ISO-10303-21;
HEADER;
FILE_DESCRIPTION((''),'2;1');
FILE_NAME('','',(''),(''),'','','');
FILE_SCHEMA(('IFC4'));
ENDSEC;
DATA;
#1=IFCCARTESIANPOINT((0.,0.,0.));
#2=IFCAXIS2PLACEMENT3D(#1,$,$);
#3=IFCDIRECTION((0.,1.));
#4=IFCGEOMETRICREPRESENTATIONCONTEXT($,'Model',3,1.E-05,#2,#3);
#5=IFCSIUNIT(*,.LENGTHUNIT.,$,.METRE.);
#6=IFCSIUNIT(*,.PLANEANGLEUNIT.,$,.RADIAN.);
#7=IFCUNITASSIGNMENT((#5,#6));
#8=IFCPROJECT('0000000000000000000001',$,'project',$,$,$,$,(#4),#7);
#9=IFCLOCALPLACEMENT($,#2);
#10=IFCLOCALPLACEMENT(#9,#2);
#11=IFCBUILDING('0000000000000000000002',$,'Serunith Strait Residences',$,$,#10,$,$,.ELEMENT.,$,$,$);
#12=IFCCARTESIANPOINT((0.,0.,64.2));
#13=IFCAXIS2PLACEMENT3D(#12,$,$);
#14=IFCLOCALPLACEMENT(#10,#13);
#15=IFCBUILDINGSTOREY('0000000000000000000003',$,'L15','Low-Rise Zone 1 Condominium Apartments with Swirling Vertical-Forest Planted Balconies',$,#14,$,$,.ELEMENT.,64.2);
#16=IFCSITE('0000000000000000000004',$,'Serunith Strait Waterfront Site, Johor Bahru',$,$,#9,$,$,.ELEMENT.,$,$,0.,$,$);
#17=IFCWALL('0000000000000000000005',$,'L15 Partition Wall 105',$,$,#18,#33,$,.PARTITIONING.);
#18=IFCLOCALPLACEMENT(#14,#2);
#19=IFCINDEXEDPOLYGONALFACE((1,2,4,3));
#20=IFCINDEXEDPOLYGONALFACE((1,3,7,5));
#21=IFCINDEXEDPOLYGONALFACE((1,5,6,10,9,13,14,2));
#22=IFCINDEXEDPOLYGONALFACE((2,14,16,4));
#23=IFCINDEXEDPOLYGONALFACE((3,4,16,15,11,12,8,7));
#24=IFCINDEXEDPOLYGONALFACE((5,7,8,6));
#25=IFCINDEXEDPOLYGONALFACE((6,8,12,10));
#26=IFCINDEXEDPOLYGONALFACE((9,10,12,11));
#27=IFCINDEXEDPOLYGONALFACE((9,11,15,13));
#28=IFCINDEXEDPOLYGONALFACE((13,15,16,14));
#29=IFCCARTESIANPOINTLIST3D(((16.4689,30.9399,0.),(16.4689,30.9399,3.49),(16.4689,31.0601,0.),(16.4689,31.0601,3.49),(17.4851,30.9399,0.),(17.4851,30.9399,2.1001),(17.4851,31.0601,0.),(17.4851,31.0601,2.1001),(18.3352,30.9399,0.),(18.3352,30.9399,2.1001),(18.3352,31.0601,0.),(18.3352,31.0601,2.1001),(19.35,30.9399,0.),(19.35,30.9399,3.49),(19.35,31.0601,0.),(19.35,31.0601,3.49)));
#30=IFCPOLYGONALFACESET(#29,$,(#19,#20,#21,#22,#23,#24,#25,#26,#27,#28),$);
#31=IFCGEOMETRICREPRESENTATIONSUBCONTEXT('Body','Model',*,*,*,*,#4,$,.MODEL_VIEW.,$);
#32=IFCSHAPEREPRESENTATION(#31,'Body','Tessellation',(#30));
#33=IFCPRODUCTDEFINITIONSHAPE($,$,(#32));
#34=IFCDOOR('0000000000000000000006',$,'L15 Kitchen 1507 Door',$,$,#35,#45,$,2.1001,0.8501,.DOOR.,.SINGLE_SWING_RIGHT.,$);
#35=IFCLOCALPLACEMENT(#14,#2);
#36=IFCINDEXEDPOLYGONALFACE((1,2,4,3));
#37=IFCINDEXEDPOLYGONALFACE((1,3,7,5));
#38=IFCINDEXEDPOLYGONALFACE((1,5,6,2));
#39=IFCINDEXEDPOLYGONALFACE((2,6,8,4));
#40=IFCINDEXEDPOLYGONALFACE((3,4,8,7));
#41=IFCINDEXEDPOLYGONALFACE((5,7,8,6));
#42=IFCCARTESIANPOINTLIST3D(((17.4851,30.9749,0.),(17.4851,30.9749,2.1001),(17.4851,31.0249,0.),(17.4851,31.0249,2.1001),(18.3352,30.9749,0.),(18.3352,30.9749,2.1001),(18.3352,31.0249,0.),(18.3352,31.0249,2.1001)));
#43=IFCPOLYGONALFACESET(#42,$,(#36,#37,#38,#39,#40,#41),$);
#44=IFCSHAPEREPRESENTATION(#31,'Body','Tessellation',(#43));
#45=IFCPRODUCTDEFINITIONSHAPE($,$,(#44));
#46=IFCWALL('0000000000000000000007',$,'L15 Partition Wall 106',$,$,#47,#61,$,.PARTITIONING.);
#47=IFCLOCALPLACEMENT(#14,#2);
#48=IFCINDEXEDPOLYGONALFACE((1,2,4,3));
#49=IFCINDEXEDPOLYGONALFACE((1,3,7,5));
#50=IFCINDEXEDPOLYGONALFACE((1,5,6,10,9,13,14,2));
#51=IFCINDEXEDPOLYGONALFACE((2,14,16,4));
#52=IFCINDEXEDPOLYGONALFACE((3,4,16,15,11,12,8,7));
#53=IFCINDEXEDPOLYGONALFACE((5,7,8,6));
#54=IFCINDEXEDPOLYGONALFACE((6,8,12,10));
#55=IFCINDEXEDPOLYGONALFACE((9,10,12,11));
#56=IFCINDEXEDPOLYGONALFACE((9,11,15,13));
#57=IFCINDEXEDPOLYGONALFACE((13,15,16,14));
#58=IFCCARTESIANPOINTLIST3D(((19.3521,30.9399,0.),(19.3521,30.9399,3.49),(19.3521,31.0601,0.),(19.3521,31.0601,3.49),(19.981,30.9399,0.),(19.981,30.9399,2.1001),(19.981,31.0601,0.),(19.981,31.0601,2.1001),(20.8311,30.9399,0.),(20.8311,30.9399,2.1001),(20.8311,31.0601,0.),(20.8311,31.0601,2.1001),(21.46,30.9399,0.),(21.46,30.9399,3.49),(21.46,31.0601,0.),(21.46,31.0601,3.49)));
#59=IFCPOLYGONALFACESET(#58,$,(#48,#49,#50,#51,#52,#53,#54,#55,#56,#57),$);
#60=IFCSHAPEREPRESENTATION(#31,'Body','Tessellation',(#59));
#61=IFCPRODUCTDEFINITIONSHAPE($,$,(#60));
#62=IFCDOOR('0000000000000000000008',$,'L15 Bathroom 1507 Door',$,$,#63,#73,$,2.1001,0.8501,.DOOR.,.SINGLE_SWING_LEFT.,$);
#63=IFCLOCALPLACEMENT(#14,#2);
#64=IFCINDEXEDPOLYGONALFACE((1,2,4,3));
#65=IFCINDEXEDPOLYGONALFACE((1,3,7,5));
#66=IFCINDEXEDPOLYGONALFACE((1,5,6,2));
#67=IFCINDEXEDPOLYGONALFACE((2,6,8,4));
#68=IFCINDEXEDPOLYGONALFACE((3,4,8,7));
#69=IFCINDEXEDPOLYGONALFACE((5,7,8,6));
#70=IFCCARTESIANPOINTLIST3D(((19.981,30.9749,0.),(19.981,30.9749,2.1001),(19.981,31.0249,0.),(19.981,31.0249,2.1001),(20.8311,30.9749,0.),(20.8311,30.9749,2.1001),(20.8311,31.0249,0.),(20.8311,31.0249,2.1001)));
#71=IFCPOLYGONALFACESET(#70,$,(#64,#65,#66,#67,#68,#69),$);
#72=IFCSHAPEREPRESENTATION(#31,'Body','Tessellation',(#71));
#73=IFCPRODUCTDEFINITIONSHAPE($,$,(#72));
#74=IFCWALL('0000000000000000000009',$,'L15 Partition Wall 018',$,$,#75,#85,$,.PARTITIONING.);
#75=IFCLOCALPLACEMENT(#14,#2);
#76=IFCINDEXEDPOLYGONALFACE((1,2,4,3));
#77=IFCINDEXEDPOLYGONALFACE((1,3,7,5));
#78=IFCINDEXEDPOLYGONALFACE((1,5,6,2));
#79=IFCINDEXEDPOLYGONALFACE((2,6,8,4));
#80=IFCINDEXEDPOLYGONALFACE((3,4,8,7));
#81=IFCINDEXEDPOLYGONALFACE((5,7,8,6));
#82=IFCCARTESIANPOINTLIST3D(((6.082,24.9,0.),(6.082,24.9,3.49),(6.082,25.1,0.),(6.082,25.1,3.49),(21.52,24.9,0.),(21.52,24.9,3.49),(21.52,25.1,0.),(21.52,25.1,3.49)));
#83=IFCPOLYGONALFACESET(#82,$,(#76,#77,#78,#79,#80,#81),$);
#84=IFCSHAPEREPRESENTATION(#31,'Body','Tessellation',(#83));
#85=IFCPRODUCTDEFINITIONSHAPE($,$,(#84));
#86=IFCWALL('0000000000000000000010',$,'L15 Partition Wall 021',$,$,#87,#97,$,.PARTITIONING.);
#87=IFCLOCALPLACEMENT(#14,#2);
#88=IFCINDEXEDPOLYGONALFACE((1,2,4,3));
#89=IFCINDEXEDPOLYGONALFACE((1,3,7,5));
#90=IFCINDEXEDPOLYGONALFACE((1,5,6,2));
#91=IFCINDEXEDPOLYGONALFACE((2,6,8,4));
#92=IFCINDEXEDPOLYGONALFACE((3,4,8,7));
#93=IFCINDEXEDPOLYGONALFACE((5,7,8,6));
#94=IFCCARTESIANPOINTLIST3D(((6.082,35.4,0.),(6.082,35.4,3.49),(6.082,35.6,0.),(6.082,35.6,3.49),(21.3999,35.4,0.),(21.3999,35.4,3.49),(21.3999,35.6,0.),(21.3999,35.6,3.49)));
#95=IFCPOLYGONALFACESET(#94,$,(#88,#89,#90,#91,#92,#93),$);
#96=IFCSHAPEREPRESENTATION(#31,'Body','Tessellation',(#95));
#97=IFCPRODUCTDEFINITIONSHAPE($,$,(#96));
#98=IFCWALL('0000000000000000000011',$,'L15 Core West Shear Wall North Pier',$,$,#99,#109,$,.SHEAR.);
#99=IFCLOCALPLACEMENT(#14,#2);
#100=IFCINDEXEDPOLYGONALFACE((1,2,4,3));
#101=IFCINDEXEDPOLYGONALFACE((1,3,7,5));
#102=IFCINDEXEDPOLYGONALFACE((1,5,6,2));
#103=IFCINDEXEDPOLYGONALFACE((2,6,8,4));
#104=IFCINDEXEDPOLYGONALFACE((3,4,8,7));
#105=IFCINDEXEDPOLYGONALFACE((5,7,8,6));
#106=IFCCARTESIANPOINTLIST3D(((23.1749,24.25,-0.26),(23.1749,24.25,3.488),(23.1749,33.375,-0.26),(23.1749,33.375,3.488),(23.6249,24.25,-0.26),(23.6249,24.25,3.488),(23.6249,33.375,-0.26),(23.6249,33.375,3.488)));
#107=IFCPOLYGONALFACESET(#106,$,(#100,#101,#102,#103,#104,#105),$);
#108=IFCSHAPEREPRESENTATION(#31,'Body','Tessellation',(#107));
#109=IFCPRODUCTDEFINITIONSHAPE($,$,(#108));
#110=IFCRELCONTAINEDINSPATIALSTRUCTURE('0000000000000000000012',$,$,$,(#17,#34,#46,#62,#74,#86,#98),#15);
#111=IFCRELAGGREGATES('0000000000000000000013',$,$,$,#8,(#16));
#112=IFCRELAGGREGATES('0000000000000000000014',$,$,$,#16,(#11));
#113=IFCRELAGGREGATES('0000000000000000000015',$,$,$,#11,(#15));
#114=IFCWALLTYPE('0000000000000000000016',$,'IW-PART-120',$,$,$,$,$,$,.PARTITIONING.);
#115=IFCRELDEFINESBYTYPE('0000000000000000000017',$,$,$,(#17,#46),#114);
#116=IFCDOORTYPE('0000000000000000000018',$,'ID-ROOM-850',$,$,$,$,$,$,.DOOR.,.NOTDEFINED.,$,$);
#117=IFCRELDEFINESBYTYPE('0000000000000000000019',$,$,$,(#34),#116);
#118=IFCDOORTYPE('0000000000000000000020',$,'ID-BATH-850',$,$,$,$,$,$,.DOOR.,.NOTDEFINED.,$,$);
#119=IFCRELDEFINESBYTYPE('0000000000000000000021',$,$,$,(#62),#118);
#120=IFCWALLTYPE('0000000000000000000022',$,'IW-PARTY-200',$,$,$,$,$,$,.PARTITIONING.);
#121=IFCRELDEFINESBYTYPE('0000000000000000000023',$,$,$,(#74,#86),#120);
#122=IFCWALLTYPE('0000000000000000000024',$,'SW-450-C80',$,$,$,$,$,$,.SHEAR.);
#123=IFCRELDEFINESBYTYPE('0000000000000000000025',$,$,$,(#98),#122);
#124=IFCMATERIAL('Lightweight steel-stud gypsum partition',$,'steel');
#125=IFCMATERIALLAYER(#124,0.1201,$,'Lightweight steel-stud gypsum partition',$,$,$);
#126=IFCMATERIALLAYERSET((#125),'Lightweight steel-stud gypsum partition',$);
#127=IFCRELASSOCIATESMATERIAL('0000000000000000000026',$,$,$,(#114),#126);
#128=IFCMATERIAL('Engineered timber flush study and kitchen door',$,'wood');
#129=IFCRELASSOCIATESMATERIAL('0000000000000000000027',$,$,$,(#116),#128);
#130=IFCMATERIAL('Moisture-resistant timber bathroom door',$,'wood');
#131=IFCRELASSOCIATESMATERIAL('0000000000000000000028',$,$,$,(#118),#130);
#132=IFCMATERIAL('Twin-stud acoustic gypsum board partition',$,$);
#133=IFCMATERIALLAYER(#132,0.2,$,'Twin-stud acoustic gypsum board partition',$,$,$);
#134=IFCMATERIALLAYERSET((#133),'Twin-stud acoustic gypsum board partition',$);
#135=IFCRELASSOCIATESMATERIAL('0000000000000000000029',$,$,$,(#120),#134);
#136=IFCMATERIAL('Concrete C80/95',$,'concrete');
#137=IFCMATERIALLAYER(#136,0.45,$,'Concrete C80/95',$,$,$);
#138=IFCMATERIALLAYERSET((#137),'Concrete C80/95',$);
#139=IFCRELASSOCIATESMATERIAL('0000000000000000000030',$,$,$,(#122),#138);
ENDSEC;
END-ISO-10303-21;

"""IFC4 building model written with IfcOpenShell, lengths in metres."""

from ifc_helpers import new_model, si_unit, direction, frame, frame_2d, origin, place, context, subcontext, project, spatial, rectangle, extrude, source, transform, mapped, material, layer, layer_set, type_object, element, fill, save


model = new_model("IFC4")

# Units and contexts
model_context = context("Model", 3, precision=1e-05, world=origin(), true_north=direction((0.0, 1.0)))
body_context = subcontext(model_context, "Body", "Model", "MODEL_VIEW")
ifc_project = project(units=[si_unit("LENGTHUNIT", "METRE"), si_unit("PLANEANGLEUNIT", "RADIAN")], contexts=[model_context])

# Site, building, storey
site_placement = place(None, origin())
site = spatial("IfcSite", under=ifc_project, at=site_placement, Name="Serunith Strait Waterfront Site, Johor Bahru", CompositionType="ELEMENT", RefElevation=0.0)
building_placement = place(site_placement, origin())
building = spatial("IfcBuilding", under=site, at=building_placement, Name="Serunith Strait Residences", CompositionType="ELEMENT")
storey_placement = place(building_placement, frame((0.0, 0.0, 64.2)))
storey = spatial("IfcBuildingStorey", under=building, at=storey_placement, Name="L15", Description="Low-Rise Zone 1 Condominium Apartments with Swirling Vertical-Forest Planted Balconies", CompositionType="ELEMENT", Elevation=64.2)

# Shared definitions
ifc_material_1 = material(Name="Lightweight steel-stud gypsum partition", Category="steel")
ifc_layer_1 = layer(ifc_material_1, 0.1201, Name="Lightweight steel-stud gypsum partition")
ifc_layer_set_1 = layer_set([ifc_layer_1], Name="Lightweight steel-stud gypsum partition")
wall_type_1 = type_object("IfcWallType", Name="IW-PART-120", PredefinedType="PARTITIONING", material=ifc_layer_set_1)

# Walls, openings, doors
ifc_material_2 = material(Name="Engineered timber flush study and kitchen door", Category="wood")
door_type_1 = type_object("IfcDoorType", Name="ID-ROOM-850", OperationType="NOTDEFINED", PredefinedType="DOOR", material=ifc_material_2)
shared_shape_1 = source(origin(), body_context, "Body", "SweptSolid", [
    extrude(rectangle(XDim=0.8501, YDim=2.1001, at=frame_2d((0.425, 1.05))), frame((0.0, 0.0249, 0.0), z_axis=(0.0, -1.0, 0.0), x_axis=(1.0, 0.0, 0.0)), (0.0, 0.0, 1.0), 0.05),
])
wall_1_placement = place(storey_placement, frame((16.469, 31.0, 0.0), z_axis=(0.0, 0.0, 1.0), x_axis=(1.0, 0.0, 0.0)))
wall_1 = element("IfcWall", 1, at=wall_1_placement, inside=storey, type_object=wall_type_1, Name="L15 Partition Wall 105", PredefinedType="PARTITIONING", context=body_context, shape_type="SweptSolid", body=[
    extrude(rectangle(XDim=2.8811, YDim=0.1201, at=frame_2d((1.4404, 0.0))), origin(), (0.0, 0.0, 1.0), 3.49),
])
opening_1_placement = place(wall_1_placement, frame((1.0161, 0.0, 0.0)))
opening_1 = element("IfcOpeningElement", 2, at=opening_1_placement, cuts=wall_1, PredefinedType="OPENING", context=body_context, shape_type="SweptSolid", body=[
    extrude(rectangle(XDim=0.8501, YDim=2.1001, at=frame_2d((0.425, 1.05))), frame((0.0, 0.0701, 0.0), z_axis=(0.0, -1.0, 0.0), x_axis=(1.0, 0.0, 0.0)), (0.0, 0.0, 1.0), 0.1401),
])
door_1_placement = place(opening_1_placement, origin())
door_1 = element("IfcDoor", 3, at=door_1_placement, inside=storey, type_object=door_type_1, Name="L15 Kitchen 1507 Door", OperationType="SINGLE_SWING_RIGHT", OverallHeight=2.1001, OverallWidth=0.8501, PredefinedType="DOOR", context=body_context, shape_type="MappedRepresentation", body=[
    mapped(shared_shape_1, transform((0.0, 0.0, 0.0), scale=1.0)),
])
fill(opening_1, door_1)
wall_2_placement = place(storey_placement, frame((19.3521, 31.0, 0.0), z_axis=(0.0, 0.0, 1.0), x_axis=(1.0, 0.0, 0.0)))
wall_2 = element("IfcWall", 4, at=wall_2_placement, inside=storey, type_object=wall_type_1, Name="L15 Partition Wall 106", PredefinedType="PARTITIONING", context=body_context, shape_type="SweptSolid", body=[
    extrude(rectangle(XDim=2.1079, YDim=0.1201, at=frame_2d((1.054, 0.0))), origin(), (0.0, 0.0, 1.0), 3.49),
])
opening_2_placement = place(wall_2_placement, frame((0.6289, 0.0, 0.0)))
opening_2 = element("IfcOpeningElement", 5, at=opening_2_placement, cuts=wall_2, PredefinedType="OPENING", context=body_context, shape_type="SweptSolid", body=[
    extrude(rectangle(XDim=0.8501, YDim=2.1001, at=frame_2d((0.425, 1.05))), frame((0.0, 0.0701, 0.0), z_axis=(0.0, -1.0, 0.0), x_axis=(1.0, 0.0, 0.0)), (0.0, 0.0, 1.0), 0.1401),
])
ifc_material_3 = material(Name="Moisture-resistant timber bathroom door", Category="wood")
door_type_2 = type_object("IfcDoorType", Name="ID-BATH-850", OperationType="NOTDEFINED", PredefinedType="DOOR", material=ifc_material_3)
door_2_placement = place(opening_2_placement, origin())
door_2 = element("IfcDoor", 6, at=door_2_placement, inside=storey, type_object=door_type_2, Name="L15 Bathroom 1507 Door", OperationType="SINGLE_SWING_LEFT", OverallHeight=2.1001, OverallWidth=0.8501, PredefinedType="DOOR", context=body_context, shape_type="MappedRepresentation", body=[
    mapped(shared_shape_1, transform((0.0, 0.0, 0.0), scale=1.0)),
])
fill(opening_2, door_2)

# Walls
ifc_material_4 = material(Name="Twin-stud acoustic gypsum board partition")
ifc_layer_2 = layer(ifc_material_4, 0.2, Name="Twin-stud acoustic gypsum board partition")
ifc_layer_set_2 = layer_set([ifc_layer_2], Name="Twin-stud acoustic gypsum board partition")
wall_type_2 = type_object("IfcWallType", Name="IW-PARTY-200", PredefinedType="PARTITIONING", material=ifc_layer_set_2)
wall_3_placement = place(storey_placement, frame((6.082, 25.0, 0.0), z_axis=(0.0, 0.0, 1.0), x_axis=(1.0, 0.0, 0.0)))
element("IfcWall", 7, at=wall_3_placement, inside=storey, type_object=wall_type_2, Name="L15 Partition Wall 018", PredefinedType="PARTITIONING", context=body_context, shape_type="SweptSolid", body=[
    extrude(rectangle(XDim=15.438, YDim=0.2, at=frame_2d((7.719, 0.0))), origin(), (0.0, 0.0, 1.0), 3.49),
])
wall_4_placement = place(storey_placement, frame((6.082, 35.5, 0.0), z_axis=(0.0, 0.0, 1.0), x_axis=(1.0, 0.0, 0.0)))
element("IfcWall", 8, at=wall_4_placement, inside=storey, type_object=wall_type_2, Name="L15 Partition Wall 021", PredefinedType="PARTITIONING", context=body_context, shape_type="SweptSolid", body=[
    extrude(rectangle(XDim=15.3179, YDim=0.2, at=frame_2d((7.6589, 0.0))), origin(), (0.0, 0.0, 1.0), 3.49),
])
ifc_material_5 = material(Name="Concrete C80/95", Category="concrete")
ifc_layer_3 = layer(ifc_material_5, 0.45, Name="Concrete C80/95")
ifc_layer_set_3 = layer_set([ifc_layer_3], Name="Concrete C80/95")
wall_type_3 = type_object("IfcWallType", Name="SW-450-C80", PredefinedType="SHEAR", material=ifc_layer_set_3)
wall_5_placement = place(storey_placement, frame((23.3999, 24.25, -0.26), z_axis=(0.0, 0.0, 1.0), x_axis=(0.0, 1.0, 0.0)))
element("IfcWall", 9, at=wall_5_placement, inside=storey, type_object=wall_type_3, Name="L15 Core West Shear Wall North Pier", PredefinedType="SHEAR", context=body_context, shape_type="SweptSolid", body=[
    extrude(rectangle(XDim=9.125, YDim=0.45, at=frame_2d((4.5625, 0.0))), origin(), (0.0, 0.0, 1.0), 3.748),
])

save(model, "model.ifc")
